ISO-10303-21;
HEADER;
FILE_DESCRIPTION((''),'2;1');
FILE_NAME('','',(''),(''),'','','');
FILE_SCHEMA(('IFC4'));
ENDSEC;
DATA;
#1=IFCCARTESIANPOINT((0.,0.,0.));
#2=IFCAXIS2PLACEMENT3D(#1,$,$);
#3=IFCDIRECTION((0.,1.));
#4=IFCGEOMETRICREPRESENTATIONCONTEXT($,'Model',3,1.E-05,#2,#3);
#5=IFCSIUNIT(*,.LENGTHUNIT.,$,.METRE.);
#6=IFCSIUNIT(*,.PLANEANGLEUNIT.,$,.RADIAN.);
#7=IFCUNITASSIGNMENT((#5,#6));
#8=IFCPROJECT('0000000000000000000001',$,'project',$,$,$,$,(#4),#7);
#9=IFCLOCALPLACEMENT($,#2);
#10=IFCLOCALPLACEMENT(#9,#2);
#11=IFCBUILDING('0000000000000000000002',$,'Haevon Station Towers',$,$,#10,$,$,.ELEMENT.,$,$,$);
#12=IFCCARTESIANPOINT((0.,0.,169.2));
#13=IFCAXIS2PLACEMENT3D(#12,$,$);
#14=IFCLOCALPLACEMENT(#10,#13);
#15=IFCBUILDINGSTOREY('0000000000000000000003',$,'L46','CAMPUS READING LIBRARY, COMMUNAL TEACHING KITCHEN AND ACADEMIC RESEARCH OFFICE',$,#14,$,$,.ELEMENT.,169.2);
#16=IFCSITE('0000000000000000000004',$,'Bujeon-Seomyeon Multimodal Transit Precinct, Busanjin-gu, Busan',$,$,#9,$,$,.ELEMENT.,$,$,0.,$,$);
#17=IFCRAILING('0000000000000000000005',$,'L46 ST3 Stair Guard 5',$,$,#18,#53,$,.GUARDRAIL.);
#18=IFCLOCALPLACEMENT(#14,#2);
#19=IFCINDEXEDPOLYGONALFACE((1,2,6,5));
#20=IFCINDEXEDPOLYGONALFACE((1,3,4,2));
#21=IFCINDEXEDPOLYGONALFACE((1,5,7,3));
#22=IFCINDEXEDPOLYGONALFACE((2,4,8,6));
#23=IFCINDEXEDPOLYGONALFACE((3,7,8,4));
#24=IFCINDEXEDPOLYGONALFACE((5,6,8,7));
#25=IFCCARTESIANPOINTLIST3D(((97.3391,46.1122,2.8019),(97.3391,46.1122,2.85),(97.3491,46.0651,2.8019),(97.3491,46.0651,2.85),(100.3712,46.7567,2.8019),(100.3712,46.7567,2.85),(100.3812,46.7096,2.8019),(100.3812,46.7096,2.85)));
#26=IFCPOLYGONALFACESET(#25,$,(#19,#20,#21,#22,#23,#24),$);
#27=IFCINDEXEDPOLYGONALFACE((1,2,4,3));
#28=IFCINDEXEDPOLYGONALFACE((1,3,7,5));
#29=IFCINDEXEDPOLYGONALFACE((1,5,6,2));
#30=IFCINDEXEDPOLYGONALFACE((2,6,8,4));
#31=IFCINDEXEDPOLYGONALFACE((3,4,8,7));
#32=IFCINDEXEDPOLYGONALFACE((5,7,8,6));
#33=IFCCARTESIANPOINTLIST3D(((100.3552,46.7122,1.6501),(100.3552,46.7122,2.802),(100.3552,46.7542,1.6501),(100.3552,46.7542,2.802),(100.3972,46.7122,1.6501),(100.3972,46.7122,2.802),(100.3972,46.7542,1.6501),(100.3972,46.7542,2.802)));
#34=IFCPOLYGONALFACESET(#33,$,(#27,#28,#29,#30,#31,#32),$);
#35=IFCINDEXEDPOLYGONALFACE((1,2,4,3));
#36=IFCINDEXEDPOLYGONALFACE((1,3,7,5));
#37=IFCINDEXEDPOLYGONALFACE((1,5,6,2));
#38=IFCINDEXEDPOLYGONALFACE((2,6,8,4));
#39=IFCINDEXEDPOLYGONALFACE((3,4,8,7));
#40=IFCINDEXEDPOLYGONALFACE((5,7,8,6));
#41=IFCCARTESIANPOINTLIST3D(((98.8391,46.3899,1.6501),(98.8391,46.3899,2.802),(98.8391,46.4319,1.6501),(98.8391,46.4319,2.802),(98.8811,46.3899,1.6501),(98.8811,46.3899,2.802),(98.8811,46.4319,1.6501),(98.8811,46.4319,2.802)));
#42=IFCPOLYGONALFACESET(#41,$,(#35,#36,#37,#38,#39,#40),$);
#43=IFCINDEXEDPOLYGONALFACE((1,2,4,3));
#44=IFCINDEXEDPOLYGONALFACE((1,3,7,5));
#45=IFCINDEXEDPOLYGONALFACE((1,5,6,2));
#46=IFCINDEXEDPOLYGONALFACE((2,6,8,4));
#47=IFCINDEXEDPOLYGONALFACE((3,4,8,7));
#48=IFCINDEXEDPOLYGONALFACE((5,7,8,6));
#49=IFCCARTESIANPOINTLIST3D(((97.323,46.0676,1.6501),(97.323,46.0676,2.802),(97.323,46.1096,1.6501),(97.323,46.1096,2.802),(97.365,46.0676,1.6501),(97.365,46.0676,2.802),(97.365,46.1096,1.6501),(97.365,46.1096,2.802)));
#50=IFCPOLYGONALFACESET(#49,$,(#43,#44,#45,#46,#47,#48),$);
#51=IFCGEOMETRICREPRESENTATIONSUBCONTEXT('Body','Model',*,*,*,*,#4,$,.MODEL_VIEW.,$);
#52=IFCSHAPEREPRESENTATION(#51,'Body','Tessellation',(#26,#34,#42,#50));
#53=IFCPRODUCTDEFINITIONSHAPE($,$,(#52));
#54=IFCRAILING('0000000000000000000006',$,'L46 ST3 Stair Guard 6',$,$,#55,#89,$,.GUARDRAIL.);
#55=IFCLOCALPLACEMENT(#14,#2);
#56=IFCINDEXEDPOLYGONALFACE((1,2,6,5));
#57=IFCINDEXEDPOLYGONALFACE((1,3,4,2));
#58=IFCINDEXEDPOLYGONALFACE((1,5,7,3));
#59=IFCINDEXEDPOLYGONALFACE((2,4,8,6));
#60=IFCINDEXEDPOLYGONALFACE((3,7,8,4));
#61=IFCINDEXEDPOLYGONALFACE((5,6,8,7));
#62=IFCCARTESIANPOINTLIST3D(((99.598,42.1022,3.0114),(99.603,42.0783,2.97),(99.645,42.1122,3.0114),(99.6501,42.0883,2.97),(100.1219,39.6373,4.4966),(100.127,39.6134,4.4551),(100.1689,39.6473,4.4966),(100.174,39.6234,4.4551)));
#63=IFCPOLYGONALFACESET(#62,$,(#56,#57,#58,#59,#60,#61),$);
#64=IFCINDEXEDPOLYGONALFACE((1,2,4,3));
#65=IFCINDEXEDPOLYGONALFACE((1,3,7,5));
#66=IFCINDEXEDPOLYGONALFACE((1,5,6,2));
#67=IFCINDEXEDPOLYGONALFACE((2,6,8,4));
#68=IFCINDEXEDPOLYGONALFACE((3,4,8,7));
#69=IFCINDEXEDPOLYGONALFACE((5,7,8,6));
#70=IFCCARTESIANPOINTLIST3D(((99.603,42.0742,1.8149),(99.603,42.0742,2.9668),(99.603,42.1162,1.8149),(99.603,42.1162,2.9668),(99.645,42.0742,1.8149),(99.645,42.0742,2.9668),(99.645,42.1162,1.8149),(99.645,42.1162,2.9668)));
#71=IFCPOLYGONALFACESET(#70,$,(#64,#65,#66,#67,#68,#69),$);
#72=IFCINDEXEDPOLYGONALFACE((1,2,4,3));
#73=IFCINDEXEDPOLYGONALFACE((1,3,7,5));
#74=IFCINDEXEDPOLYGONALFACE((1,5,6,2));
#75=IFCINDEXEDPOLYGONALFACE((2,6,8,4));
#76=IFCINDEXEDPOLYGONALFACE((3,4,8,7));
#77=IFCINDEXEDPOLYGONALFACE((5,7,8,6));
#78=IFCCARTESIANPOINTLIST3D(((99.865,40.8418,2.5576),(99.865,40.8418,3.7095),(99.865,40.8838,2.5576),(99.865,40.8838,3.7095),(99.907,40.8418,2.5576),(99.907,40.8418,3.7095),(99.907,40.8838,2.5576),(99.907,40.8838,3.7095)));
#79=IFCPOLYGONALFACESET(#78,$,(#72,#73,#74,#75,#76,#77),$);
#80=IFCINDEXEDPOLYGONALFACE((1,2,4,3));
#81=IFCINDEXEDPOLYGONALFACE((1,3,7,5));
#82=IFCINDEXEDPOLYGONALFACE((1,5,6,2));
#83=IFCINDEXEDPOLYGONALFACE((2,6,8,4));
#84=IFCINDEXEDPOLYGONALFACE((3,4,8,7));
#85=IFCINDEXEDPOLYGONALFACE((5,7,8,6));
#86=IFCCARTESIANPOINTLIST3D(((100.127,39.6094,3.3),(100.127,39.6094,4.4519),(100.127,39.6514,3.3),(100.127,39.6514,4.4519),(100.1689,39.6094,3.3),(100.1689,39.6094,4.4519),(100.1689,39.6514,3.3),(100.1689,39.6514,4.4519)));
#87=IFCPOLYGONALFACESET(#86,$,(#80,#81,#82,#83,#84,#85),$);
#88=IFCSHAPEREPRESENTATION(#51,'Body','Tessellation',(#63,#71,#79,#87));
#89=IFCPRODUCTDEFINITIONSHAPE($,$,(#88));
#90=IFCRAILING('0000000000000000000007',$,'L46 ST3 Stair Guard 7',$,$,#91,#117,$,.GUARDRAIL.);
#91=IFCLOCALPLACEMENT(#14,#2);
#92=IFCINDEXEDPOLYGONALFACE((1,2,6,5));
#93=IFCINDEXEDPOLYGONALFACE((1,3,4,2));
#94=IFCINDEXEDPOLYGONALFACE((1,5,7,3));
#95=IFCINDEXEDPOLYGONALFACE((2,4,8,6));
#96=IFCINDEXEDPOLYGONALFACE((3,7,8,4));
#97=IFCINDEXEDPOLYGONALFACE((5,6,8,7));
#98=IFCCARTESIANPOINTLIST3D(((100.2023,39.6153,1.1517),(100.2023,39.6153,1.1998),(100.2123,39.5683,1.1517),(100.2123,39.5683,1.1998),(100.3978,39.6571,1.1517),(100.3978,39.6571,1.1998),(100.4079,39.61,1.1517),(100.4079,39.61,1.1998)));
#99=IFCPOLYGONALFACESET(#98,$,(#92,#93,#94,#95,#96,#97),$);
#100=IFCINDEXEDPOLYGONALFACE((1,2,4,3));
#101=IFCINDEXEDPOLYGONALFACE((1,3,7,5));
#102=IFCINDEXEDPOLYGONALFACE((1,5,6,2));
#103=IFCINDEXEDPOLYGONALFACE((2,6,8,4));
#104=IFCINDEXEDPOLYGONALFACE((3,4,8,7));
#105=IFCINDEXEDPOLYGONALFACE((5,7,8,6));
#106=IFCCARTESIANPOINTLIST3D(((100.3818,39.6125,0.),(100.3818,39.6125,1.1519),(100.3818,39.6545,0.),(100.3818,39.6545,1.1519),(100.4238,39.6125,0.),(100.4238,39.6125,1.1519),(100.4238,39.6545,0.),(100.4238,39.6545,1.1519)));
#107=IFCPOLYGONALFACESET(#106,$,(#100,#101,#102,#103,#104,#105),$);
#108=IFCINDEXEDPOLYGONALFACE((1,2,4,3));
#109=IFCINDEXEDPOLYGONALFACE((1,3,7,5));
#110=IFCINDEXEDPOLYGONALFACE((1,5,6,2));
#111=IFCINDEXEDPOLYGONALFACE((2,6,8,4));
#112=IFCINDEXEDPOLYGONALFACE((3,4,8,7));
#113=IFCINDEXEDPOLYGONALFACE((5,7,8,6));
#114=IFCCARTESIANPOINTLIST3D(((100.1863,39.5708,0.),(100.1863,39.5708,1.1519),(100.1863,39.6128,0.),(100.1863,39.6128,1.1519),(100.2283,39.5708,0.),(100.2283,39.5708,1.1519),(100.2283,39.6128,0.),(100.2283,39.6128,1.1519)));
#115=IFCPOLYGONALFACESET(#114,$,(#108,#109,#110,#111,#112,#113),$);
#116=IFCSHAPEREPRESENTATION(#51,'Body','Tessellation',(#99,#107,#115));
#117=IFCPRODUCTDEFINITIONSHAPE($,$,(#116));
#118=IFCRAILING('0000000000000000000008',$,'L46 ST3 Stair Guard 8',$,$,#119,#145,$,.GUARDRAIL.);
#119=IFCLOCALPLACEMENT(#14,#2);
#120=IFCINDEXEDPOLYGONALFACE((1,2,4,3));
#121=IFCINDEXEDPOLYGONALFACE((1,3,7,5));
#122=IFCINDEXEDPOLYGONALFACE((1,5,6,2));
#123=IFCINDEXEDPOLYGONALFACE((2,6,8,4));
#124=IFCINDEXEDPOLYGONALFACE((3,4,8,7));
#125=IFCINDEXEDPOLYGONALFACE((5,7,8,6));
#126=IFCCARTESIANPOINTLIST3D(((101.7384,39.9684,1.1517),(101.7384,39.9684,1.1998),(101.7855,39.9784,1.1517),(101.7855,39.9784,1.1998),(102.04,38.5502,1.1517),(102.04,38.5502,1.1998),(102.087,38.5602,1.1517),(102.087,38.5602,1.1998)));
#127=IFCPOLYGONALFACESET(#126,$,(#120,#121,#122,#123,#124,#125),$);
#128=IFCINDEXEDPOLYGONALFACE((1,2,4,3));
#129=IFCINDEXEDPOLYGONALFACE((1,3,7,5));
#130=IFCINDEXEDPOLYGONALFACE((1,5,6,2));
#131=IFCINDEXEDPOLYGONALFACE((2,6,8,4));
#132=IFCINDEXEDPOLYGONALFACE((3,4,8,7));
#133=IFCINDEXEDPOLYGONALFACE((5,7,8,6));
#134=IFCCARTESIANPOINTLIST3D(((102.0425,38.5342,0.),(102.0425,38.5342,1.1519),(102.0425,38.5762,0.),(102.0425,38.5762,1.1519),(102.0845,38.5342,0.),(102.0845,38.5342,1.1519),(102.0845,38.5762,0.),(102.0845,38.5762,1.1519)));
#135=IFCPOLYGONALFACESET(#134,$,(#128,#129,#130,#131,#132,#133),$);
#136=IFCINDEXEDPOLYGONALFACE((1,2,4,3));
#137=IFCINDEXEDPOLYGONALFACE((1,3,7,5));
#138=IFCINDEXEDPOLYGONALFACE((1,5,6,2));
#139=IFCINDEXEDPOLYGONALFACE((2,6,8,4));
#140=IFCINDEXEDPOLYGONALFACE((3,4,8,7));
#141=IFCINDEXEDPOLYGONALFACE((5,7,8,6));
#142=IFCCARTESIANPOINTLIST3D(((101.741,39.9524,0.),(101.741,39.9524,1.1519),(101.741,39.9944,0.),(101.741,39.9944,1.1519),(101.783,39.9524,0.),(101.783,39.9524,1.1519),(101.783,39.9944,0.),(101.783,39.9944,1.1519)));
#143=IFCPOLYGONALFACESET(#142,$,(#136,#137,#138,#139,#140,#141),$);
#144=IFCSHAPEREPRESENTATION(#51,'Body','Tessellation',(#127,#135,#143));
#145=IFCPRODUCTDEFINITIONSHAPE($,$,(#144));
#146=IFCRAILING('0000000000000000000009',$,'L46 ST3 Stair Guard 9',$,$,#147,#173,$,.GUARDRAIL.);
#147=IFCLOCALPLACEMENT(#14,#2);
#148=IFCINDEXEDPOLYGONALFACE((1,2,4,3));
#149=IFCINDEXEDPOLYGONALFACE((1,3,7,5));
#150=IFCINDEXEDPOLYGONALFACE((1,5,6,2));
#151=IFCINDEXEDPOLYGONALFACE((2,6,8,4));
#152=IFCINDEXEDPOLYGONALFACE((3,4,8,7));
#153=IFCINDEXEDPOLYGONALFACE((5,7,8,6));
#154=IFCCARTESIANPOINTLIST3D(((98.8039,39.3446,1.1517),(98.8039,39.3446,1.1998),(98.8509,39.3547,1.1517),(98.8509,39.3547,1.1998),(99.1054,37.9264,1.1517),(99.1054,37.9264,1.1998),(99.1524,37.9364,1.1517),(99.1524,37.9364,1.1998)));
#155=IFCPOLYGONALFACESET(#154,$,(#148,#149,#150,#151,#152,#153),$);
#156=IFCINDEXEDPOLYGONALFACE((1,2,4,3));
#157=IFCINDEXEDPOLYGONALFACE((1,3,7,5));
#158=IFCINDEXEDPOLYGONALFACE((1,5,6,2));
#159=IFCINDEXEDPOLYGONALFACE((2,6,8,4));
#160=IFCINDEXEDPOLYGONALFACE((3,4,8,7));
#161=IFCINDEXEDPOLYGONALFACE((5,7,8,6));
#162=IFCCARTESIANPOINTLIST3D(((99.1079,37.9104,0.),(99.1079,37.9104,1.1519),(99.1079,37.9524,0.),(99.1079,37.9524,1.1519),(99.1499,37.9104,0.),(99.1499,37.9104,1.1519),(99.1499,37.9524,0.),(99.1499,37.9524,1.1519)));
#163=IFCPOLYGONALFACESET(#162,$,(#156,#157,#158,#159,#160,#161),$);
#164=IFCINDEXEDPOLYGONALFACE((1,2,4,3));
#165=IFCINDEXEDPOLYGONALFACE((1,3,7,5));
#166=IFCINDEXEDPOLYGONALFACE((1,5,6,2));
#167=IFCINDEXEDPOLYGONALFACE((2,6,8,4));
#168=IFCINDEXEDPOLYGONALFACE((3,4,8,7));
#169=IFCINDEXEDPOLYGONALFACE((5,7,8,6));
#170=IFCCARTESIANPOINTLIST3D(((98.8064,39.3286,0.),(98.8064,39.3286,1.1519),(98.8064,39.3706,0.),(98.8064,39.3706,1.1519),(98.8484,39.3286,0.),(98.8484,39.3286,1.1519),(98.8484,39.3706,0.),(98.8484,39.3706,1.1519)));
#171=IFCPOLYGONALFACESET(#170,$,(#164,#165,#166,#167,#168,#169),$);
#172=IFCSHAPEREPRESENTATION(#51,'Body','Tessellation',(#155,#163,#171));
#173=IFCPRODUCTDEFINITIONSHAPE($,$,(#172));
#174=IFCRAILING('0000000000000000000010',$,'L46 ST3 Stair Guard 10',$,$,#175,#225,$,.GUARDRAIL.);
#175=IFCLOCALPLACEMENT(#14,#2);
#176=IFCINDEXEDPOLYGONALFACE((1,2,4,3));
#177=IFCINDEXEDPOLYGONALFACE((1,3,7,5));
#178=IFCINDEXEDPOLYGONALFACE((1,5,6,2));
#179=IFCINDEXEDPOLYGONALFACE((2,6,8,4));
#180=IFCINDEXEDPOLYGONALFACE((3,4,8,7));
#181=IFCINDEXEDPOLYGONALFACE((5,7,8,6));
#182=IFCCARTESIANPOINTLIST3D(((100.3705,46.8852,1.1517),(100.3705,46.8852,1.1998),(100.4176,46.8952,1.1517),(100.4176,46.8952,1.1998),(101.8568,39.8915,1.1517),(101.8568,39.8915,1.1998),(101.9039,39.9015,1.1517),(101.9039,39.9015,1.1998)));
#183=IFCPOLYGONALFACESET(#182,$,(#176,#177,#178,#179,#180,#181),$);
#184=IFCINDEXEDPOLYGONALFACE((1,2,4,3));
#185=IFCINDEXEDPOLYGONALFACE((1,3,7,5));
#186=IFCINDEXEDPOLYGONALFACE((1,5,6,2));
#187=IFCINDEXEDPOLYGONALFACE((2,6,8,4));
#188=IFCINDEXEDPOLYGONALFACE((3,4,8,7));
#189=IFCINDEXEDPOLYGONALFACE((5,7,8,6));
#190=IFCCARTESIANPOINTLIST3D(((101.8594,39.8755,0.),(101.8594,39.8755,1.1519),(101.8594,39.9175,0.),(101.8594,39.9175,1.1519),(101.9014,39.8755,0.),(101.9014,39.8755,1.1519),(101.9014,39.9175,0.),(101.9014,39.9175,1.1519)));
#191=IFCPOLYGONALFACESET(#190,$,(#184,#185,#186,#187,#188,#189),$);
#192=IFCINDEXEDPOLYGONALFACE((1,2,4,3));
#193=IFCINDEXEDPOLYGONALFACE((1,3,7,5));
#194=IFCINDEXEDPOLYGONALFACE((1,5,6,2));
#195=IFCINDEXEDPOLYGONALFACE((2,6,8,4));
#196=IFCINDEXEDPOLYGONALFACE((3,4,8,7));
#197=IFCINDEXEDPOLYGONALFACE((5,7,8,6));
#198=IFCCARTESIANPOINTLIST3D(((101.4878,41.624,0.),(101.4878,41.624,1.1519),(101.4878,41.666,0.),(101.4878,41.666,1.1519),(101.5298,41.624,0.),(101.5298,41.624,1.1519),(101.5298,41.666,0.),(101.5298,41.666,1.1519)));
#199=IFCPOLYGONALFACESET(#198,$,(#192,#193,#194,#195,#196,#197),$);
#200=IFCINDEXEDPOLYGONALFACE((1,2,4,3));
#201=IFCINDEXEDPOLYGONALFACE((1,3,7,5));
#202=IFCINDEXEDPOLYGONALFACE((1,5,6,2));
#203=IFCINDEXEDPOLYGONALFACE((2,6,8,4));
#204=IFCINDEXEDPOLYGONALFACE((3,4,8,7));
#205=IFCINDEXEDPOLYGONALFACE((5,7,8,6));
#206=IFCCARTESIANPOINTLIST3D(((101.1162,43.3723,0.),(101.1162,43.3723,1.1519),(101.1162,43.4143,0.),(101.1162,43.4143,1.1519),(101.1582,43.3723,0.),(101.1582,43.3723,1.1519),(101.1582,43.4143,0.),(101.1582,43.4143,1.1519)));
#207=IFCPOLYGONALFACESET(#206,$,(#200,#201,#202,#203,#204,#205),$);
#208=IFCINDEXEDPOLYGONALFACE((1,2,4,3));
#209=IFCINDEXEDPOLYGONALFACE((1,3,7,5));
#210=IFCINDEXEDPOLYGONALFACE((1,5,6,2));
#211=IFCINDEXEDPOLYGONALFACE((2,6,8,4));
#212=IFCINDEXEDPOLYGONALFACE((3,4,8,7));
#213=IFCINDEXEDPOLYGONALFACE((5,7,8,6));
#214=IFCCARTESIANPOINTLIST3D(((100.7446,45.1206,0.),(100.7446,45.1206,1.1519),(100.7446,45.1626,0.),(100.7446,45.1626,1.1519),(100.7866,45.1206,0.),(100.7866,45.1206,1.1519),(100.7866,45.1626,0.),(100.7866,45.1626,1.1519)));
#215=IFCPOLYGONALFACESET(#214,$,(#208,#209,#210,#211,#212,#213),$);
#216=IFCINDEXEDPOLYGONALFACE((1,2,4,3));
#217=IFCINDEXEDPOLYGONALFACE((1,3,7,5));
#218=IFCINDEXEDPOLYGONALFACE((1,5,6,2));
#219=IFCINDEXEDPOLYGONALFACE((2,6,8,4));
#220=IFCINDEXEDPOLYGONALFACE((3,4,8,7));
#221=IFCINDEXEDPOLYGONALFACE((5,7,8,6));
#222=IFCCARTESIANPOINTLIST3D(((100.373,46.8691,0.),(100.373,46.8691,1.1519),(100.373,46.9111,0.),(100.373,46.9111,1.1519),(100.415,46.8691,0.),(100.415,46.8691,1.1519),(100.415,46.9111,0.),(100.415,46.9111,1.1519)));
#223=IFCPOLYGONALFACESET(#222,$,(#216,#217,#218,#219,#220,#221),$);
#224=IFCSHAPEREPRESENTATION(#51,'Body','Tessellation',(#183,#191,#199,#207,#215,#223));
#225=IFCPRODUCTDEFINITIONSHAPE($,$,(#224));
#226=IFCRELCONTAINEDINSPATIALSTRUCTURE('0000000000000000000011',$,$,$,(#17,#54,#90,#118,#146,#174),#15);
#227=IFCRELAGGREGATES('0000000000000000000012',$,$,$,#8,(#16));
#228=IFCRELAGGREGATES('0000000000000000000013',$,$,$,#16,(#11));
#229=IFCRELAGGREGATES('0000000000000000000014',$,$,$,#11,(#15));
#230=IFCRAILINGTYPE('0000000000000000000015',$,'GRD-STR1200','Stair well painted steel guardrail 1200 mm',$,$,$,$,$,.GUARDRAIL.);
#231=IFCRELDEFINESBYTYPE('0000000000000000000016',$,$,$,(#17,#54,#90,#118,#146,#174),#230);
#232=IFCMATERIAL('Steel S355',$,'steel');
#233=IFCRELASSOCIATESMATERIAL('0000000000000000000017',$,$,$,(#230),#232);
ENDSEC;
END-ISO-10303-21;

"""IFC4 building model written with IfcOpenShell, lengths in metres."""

from ifc_helpers import new_model, si_unit, direction, frame, origin, origin_2d, place, context, subcontext, project, spatial, rectangle, extrude, material, type_object, element, save


model = new_model("IFC4")

# Units and contexts
model_context = context("Model", 3, precision=1e-05, world=origin(), true_north=direction((0.0, 1.0)))
body_context = subcontext(model_context, "Body", "Model", "MODEL_VIEW")
ifc_project = project(units=[si_unit("LENGTHUNIT", "METRE"), si_unit("PLANEANGLEUNIT", "RADIAN")], contexts=[model_context])

# Site, building, storey
site_placement = place(None, origin())
site = spatial("IfcSite", under=ifc_project, at=site_placement, Name="Bujeon-Seomyeon Multimodal Transit Precinct, Busanjin-gu, Busan", CompositionType="ELEMENT", RefElevation=0.0)
building_placement = place(site_placement, origin())
building = spatial("IfcBuilding", under=site, at=building_placement, Name="Haevon Station Towers", CompositionType="ELEMENT")
storey_placement = place(building_placement, frame((0.0, 0.0, 169.2)))
storey = spatial("IfcBuildingStorey", under=building, at=storey_placement, Name="L46", Description="CAMPUS READING LIBRARY, COMMUNAL TEACHING KITCHEN AND ACADEMIC RESEARCH OFFICE", CompositionType="ELEMENT", Elevation=169.2)

# Shared definitions
ifc_material_1 = material(Name="Steel S355", Category="steel")

# Railings
railing_type_1 = type_object("IfcRailingType", Name="GRD-STR1200", Description="Stair well painted steel guardrail 1200 mm", PredefinedType="GUARDRAIL", material=ifc_material_1)
railing_1_placement = place(storey_placement, frame((100.3762, 46.7332, 1.6501)))
element("IfcRailing", 1, at=railing_1_placement, inside=storey, type_object=railing_type_1, Name="L46 ST3 Stair Guard 5", PredefinedType="GUARDRAIL", context=body_context, shape_type="SweptSolid", body=[
    extrude(rectangle(XDim=0.0481, YDim=0.0481, at=origin_2d()), frame((0.0, 0.0, 1.1758), z_axis=(-0.978147, -0.207915, 0.0), x_axis=(0.207915, -0.978147, 0.0)), (0.0, 0.0, 1.0), 3.0999),
    extrude(rectangle(XDim=0.042, YDim=0.042, at=origin_2d()), origin(), (0.0, 0.0, 1.0), 1.1519),
    extrude(rectangle(XDim=0.042, YDim=0.042, at=origin_2d()), frame((-1.5161, -0.3223, 0.0)), (0.0, 0.0, 1.0), 1.1519),
    extrude(rectangle(XDim=0.042, YDim=0.042, at=origin_2d()), frame((-3.0322, -0.6445, 0.0)), (0.0, 0.0, 1.0), 1.1519),
])
railing_2_placement = place(storey_placement, frame((99.624, 42.0952, 1.8149)))
element("IfcRailing", 2, at=railing_2_placement, inside=storey, type_object=railing_type_1, Name="L46 ST3 Stair Guard 6", PredefinedType="GUARDRAIL", context=body_context, shape_type="SweptSolid", body=[
    extrude(rectangle(XDim=0.0481, YDim=0.0481, at=origin_2d()), frame((0.0, 0.0, 1.1758), z_axis=(0.179121, -0.842688, 0.507733), x_axis=(0.978147, 0.207914, 0.0)), (0.0, 0.0, 1.0), 2.925),
    extrude(rectangle(XDim=0.042, YDim=0.042, at=origin_2d()), origin(), (0.0, 0.0, 1.0), 1.1519),
    extrude(rectangle(XDim=0.042, YDim=0.042, at=origin_2d()), frame((0.262, -1.2324, 0.7427)), (0.0, 0.0, 1.0), 1.1519),
    extrude(rectangle(XDim=0.042, YDim=0.042, at=origin_2d()), frame((0.5239, -2.4648, 1.4851)), (0.0, 0.0, 1.0), 1.1519),
])
railing_3_placement = place(storey_placement, frame((100.4028, 39.6335, 0.0)))
element("IfcRailing", 3, at=railing_3_placement, inside=storey, type_object=railing_type_1, Name="L46 ST3 Stair Guard 7", PredefinedType="GUARDRAIL", context=body_context, shape_type="SweptSolid", body=[
    extrude(rectangle(XDim=0.0481, YDim=0.0481, at=origin_2d()), frame((0.0, 0.0, 1.1758), z_axis=(-0.977963, -0.208779, 0.0), x_axis=(0.208779, -0.977963, 0.0)), (0.0, 0.0, 1.0), 0.2),
    extrude(rectangle(XDim=0.042, YDim=0.042, at=origin_2d()), origin(), (0.0, 0.0, 1.0), 1.1519),
    extrude(rectangle(XDim=0.042, YDim=0.042, at=origin_2d()), frame((-0.1956, -0.0417, 0.0)), (0.0, 0.0, 1.0), 1.1519),
])
for number, where, name in (
    (4, (102.0635, 38.5552, 0.0), "L46 ST3 Stair Guard 8"),
    (5, (99.1289, 37.9314, 0.0), "L46 ST3 Stair Guard 9"),
):
    element("IfcRailing", number, at=place(storey_placement, frame(where)), inside=storey, type_object=railing_type_1, Name=name, PredefinedType="GUARDRAIL", context=body_context, shape_type="SweptSolid", body=[
        extrude(rectangle(XDim=0.0481, YDim=0.0481, at=origin_2d()), frame((0.0, 0.0, 1.1758), z_axis=(-0.207953, 0.978139, 0.0), x_axis=(-0.978139, -0.207953, 0.0)), (0.0, 0.0, 1.0), 1.45),
        extrude(rectangle(XDim=0.042, YDim=0.042, at=origin_2d()), origin(), (0.0, 0.0, 1.0), 1.1519),
        extrude(rectangle(XDim=0.042, YDim=0.042, at=origin_2d()), frame((-0.3015, 1.4182, 0.0)), (0.0, 0.0, 1.0), 1.1519),
    ])
railing_4_placement = place(storey_placement, frame((101.8804, 39.8965, 0.0)))
element("IfcRailing", 6, at=railing_4_placement, inside=storey, type_object=railing_type_1, Name="L46 ST3 Stair Guard 10", PredefinedType="GUARDRAIL", context=body_context, shape_type="SweptSolid", body=[
    extrude(rectangle(XDim=0.0481, YDim=0.0481, at=origin_2d()), frame((0.0, 0.0, 1.1758), z_axis=(-0.207882, 0.978154, 0.0), x_axis=(-0.978154, -0.207882, 0.0)), (0.0, 0.0, 1.0), 7.1499),
    extrude(rectangle(XDim=0.042, YDim=0.042, at=origin_2d()), origin(), (0.0, 0.0, 1.0), 1.1519),
    extrude(rectangle(XDim=0.042, YDim=0.042, at=origin_2d()), frame((-0.3716, 1.7485, 0.0)), (0.0, 0.0, 1.0), 1.1519),
    extrude(rectangle(XDim=0.042, YDim=0.042, at=origin_2d()), frame((-0.7432, 3.4968, 0.0)), (0.0, 0.0, 1.0), 1.1519),
    extrude(rectangle(XDim=0.042, YDim=0.042, at=origin_2d()), frame((-1.1147, 5.2451, 0.0)), (0.0, 0.0, 1.0), 1.1519),
    extrude(rectangle(XDim=0.042, YDim=0.042, at=origin_2d()), frame((-1.4863, 6.9937, 0.0)), (0.0, 0.0, 1.0), 1.1519),
])

save(model, "model.ifc")
